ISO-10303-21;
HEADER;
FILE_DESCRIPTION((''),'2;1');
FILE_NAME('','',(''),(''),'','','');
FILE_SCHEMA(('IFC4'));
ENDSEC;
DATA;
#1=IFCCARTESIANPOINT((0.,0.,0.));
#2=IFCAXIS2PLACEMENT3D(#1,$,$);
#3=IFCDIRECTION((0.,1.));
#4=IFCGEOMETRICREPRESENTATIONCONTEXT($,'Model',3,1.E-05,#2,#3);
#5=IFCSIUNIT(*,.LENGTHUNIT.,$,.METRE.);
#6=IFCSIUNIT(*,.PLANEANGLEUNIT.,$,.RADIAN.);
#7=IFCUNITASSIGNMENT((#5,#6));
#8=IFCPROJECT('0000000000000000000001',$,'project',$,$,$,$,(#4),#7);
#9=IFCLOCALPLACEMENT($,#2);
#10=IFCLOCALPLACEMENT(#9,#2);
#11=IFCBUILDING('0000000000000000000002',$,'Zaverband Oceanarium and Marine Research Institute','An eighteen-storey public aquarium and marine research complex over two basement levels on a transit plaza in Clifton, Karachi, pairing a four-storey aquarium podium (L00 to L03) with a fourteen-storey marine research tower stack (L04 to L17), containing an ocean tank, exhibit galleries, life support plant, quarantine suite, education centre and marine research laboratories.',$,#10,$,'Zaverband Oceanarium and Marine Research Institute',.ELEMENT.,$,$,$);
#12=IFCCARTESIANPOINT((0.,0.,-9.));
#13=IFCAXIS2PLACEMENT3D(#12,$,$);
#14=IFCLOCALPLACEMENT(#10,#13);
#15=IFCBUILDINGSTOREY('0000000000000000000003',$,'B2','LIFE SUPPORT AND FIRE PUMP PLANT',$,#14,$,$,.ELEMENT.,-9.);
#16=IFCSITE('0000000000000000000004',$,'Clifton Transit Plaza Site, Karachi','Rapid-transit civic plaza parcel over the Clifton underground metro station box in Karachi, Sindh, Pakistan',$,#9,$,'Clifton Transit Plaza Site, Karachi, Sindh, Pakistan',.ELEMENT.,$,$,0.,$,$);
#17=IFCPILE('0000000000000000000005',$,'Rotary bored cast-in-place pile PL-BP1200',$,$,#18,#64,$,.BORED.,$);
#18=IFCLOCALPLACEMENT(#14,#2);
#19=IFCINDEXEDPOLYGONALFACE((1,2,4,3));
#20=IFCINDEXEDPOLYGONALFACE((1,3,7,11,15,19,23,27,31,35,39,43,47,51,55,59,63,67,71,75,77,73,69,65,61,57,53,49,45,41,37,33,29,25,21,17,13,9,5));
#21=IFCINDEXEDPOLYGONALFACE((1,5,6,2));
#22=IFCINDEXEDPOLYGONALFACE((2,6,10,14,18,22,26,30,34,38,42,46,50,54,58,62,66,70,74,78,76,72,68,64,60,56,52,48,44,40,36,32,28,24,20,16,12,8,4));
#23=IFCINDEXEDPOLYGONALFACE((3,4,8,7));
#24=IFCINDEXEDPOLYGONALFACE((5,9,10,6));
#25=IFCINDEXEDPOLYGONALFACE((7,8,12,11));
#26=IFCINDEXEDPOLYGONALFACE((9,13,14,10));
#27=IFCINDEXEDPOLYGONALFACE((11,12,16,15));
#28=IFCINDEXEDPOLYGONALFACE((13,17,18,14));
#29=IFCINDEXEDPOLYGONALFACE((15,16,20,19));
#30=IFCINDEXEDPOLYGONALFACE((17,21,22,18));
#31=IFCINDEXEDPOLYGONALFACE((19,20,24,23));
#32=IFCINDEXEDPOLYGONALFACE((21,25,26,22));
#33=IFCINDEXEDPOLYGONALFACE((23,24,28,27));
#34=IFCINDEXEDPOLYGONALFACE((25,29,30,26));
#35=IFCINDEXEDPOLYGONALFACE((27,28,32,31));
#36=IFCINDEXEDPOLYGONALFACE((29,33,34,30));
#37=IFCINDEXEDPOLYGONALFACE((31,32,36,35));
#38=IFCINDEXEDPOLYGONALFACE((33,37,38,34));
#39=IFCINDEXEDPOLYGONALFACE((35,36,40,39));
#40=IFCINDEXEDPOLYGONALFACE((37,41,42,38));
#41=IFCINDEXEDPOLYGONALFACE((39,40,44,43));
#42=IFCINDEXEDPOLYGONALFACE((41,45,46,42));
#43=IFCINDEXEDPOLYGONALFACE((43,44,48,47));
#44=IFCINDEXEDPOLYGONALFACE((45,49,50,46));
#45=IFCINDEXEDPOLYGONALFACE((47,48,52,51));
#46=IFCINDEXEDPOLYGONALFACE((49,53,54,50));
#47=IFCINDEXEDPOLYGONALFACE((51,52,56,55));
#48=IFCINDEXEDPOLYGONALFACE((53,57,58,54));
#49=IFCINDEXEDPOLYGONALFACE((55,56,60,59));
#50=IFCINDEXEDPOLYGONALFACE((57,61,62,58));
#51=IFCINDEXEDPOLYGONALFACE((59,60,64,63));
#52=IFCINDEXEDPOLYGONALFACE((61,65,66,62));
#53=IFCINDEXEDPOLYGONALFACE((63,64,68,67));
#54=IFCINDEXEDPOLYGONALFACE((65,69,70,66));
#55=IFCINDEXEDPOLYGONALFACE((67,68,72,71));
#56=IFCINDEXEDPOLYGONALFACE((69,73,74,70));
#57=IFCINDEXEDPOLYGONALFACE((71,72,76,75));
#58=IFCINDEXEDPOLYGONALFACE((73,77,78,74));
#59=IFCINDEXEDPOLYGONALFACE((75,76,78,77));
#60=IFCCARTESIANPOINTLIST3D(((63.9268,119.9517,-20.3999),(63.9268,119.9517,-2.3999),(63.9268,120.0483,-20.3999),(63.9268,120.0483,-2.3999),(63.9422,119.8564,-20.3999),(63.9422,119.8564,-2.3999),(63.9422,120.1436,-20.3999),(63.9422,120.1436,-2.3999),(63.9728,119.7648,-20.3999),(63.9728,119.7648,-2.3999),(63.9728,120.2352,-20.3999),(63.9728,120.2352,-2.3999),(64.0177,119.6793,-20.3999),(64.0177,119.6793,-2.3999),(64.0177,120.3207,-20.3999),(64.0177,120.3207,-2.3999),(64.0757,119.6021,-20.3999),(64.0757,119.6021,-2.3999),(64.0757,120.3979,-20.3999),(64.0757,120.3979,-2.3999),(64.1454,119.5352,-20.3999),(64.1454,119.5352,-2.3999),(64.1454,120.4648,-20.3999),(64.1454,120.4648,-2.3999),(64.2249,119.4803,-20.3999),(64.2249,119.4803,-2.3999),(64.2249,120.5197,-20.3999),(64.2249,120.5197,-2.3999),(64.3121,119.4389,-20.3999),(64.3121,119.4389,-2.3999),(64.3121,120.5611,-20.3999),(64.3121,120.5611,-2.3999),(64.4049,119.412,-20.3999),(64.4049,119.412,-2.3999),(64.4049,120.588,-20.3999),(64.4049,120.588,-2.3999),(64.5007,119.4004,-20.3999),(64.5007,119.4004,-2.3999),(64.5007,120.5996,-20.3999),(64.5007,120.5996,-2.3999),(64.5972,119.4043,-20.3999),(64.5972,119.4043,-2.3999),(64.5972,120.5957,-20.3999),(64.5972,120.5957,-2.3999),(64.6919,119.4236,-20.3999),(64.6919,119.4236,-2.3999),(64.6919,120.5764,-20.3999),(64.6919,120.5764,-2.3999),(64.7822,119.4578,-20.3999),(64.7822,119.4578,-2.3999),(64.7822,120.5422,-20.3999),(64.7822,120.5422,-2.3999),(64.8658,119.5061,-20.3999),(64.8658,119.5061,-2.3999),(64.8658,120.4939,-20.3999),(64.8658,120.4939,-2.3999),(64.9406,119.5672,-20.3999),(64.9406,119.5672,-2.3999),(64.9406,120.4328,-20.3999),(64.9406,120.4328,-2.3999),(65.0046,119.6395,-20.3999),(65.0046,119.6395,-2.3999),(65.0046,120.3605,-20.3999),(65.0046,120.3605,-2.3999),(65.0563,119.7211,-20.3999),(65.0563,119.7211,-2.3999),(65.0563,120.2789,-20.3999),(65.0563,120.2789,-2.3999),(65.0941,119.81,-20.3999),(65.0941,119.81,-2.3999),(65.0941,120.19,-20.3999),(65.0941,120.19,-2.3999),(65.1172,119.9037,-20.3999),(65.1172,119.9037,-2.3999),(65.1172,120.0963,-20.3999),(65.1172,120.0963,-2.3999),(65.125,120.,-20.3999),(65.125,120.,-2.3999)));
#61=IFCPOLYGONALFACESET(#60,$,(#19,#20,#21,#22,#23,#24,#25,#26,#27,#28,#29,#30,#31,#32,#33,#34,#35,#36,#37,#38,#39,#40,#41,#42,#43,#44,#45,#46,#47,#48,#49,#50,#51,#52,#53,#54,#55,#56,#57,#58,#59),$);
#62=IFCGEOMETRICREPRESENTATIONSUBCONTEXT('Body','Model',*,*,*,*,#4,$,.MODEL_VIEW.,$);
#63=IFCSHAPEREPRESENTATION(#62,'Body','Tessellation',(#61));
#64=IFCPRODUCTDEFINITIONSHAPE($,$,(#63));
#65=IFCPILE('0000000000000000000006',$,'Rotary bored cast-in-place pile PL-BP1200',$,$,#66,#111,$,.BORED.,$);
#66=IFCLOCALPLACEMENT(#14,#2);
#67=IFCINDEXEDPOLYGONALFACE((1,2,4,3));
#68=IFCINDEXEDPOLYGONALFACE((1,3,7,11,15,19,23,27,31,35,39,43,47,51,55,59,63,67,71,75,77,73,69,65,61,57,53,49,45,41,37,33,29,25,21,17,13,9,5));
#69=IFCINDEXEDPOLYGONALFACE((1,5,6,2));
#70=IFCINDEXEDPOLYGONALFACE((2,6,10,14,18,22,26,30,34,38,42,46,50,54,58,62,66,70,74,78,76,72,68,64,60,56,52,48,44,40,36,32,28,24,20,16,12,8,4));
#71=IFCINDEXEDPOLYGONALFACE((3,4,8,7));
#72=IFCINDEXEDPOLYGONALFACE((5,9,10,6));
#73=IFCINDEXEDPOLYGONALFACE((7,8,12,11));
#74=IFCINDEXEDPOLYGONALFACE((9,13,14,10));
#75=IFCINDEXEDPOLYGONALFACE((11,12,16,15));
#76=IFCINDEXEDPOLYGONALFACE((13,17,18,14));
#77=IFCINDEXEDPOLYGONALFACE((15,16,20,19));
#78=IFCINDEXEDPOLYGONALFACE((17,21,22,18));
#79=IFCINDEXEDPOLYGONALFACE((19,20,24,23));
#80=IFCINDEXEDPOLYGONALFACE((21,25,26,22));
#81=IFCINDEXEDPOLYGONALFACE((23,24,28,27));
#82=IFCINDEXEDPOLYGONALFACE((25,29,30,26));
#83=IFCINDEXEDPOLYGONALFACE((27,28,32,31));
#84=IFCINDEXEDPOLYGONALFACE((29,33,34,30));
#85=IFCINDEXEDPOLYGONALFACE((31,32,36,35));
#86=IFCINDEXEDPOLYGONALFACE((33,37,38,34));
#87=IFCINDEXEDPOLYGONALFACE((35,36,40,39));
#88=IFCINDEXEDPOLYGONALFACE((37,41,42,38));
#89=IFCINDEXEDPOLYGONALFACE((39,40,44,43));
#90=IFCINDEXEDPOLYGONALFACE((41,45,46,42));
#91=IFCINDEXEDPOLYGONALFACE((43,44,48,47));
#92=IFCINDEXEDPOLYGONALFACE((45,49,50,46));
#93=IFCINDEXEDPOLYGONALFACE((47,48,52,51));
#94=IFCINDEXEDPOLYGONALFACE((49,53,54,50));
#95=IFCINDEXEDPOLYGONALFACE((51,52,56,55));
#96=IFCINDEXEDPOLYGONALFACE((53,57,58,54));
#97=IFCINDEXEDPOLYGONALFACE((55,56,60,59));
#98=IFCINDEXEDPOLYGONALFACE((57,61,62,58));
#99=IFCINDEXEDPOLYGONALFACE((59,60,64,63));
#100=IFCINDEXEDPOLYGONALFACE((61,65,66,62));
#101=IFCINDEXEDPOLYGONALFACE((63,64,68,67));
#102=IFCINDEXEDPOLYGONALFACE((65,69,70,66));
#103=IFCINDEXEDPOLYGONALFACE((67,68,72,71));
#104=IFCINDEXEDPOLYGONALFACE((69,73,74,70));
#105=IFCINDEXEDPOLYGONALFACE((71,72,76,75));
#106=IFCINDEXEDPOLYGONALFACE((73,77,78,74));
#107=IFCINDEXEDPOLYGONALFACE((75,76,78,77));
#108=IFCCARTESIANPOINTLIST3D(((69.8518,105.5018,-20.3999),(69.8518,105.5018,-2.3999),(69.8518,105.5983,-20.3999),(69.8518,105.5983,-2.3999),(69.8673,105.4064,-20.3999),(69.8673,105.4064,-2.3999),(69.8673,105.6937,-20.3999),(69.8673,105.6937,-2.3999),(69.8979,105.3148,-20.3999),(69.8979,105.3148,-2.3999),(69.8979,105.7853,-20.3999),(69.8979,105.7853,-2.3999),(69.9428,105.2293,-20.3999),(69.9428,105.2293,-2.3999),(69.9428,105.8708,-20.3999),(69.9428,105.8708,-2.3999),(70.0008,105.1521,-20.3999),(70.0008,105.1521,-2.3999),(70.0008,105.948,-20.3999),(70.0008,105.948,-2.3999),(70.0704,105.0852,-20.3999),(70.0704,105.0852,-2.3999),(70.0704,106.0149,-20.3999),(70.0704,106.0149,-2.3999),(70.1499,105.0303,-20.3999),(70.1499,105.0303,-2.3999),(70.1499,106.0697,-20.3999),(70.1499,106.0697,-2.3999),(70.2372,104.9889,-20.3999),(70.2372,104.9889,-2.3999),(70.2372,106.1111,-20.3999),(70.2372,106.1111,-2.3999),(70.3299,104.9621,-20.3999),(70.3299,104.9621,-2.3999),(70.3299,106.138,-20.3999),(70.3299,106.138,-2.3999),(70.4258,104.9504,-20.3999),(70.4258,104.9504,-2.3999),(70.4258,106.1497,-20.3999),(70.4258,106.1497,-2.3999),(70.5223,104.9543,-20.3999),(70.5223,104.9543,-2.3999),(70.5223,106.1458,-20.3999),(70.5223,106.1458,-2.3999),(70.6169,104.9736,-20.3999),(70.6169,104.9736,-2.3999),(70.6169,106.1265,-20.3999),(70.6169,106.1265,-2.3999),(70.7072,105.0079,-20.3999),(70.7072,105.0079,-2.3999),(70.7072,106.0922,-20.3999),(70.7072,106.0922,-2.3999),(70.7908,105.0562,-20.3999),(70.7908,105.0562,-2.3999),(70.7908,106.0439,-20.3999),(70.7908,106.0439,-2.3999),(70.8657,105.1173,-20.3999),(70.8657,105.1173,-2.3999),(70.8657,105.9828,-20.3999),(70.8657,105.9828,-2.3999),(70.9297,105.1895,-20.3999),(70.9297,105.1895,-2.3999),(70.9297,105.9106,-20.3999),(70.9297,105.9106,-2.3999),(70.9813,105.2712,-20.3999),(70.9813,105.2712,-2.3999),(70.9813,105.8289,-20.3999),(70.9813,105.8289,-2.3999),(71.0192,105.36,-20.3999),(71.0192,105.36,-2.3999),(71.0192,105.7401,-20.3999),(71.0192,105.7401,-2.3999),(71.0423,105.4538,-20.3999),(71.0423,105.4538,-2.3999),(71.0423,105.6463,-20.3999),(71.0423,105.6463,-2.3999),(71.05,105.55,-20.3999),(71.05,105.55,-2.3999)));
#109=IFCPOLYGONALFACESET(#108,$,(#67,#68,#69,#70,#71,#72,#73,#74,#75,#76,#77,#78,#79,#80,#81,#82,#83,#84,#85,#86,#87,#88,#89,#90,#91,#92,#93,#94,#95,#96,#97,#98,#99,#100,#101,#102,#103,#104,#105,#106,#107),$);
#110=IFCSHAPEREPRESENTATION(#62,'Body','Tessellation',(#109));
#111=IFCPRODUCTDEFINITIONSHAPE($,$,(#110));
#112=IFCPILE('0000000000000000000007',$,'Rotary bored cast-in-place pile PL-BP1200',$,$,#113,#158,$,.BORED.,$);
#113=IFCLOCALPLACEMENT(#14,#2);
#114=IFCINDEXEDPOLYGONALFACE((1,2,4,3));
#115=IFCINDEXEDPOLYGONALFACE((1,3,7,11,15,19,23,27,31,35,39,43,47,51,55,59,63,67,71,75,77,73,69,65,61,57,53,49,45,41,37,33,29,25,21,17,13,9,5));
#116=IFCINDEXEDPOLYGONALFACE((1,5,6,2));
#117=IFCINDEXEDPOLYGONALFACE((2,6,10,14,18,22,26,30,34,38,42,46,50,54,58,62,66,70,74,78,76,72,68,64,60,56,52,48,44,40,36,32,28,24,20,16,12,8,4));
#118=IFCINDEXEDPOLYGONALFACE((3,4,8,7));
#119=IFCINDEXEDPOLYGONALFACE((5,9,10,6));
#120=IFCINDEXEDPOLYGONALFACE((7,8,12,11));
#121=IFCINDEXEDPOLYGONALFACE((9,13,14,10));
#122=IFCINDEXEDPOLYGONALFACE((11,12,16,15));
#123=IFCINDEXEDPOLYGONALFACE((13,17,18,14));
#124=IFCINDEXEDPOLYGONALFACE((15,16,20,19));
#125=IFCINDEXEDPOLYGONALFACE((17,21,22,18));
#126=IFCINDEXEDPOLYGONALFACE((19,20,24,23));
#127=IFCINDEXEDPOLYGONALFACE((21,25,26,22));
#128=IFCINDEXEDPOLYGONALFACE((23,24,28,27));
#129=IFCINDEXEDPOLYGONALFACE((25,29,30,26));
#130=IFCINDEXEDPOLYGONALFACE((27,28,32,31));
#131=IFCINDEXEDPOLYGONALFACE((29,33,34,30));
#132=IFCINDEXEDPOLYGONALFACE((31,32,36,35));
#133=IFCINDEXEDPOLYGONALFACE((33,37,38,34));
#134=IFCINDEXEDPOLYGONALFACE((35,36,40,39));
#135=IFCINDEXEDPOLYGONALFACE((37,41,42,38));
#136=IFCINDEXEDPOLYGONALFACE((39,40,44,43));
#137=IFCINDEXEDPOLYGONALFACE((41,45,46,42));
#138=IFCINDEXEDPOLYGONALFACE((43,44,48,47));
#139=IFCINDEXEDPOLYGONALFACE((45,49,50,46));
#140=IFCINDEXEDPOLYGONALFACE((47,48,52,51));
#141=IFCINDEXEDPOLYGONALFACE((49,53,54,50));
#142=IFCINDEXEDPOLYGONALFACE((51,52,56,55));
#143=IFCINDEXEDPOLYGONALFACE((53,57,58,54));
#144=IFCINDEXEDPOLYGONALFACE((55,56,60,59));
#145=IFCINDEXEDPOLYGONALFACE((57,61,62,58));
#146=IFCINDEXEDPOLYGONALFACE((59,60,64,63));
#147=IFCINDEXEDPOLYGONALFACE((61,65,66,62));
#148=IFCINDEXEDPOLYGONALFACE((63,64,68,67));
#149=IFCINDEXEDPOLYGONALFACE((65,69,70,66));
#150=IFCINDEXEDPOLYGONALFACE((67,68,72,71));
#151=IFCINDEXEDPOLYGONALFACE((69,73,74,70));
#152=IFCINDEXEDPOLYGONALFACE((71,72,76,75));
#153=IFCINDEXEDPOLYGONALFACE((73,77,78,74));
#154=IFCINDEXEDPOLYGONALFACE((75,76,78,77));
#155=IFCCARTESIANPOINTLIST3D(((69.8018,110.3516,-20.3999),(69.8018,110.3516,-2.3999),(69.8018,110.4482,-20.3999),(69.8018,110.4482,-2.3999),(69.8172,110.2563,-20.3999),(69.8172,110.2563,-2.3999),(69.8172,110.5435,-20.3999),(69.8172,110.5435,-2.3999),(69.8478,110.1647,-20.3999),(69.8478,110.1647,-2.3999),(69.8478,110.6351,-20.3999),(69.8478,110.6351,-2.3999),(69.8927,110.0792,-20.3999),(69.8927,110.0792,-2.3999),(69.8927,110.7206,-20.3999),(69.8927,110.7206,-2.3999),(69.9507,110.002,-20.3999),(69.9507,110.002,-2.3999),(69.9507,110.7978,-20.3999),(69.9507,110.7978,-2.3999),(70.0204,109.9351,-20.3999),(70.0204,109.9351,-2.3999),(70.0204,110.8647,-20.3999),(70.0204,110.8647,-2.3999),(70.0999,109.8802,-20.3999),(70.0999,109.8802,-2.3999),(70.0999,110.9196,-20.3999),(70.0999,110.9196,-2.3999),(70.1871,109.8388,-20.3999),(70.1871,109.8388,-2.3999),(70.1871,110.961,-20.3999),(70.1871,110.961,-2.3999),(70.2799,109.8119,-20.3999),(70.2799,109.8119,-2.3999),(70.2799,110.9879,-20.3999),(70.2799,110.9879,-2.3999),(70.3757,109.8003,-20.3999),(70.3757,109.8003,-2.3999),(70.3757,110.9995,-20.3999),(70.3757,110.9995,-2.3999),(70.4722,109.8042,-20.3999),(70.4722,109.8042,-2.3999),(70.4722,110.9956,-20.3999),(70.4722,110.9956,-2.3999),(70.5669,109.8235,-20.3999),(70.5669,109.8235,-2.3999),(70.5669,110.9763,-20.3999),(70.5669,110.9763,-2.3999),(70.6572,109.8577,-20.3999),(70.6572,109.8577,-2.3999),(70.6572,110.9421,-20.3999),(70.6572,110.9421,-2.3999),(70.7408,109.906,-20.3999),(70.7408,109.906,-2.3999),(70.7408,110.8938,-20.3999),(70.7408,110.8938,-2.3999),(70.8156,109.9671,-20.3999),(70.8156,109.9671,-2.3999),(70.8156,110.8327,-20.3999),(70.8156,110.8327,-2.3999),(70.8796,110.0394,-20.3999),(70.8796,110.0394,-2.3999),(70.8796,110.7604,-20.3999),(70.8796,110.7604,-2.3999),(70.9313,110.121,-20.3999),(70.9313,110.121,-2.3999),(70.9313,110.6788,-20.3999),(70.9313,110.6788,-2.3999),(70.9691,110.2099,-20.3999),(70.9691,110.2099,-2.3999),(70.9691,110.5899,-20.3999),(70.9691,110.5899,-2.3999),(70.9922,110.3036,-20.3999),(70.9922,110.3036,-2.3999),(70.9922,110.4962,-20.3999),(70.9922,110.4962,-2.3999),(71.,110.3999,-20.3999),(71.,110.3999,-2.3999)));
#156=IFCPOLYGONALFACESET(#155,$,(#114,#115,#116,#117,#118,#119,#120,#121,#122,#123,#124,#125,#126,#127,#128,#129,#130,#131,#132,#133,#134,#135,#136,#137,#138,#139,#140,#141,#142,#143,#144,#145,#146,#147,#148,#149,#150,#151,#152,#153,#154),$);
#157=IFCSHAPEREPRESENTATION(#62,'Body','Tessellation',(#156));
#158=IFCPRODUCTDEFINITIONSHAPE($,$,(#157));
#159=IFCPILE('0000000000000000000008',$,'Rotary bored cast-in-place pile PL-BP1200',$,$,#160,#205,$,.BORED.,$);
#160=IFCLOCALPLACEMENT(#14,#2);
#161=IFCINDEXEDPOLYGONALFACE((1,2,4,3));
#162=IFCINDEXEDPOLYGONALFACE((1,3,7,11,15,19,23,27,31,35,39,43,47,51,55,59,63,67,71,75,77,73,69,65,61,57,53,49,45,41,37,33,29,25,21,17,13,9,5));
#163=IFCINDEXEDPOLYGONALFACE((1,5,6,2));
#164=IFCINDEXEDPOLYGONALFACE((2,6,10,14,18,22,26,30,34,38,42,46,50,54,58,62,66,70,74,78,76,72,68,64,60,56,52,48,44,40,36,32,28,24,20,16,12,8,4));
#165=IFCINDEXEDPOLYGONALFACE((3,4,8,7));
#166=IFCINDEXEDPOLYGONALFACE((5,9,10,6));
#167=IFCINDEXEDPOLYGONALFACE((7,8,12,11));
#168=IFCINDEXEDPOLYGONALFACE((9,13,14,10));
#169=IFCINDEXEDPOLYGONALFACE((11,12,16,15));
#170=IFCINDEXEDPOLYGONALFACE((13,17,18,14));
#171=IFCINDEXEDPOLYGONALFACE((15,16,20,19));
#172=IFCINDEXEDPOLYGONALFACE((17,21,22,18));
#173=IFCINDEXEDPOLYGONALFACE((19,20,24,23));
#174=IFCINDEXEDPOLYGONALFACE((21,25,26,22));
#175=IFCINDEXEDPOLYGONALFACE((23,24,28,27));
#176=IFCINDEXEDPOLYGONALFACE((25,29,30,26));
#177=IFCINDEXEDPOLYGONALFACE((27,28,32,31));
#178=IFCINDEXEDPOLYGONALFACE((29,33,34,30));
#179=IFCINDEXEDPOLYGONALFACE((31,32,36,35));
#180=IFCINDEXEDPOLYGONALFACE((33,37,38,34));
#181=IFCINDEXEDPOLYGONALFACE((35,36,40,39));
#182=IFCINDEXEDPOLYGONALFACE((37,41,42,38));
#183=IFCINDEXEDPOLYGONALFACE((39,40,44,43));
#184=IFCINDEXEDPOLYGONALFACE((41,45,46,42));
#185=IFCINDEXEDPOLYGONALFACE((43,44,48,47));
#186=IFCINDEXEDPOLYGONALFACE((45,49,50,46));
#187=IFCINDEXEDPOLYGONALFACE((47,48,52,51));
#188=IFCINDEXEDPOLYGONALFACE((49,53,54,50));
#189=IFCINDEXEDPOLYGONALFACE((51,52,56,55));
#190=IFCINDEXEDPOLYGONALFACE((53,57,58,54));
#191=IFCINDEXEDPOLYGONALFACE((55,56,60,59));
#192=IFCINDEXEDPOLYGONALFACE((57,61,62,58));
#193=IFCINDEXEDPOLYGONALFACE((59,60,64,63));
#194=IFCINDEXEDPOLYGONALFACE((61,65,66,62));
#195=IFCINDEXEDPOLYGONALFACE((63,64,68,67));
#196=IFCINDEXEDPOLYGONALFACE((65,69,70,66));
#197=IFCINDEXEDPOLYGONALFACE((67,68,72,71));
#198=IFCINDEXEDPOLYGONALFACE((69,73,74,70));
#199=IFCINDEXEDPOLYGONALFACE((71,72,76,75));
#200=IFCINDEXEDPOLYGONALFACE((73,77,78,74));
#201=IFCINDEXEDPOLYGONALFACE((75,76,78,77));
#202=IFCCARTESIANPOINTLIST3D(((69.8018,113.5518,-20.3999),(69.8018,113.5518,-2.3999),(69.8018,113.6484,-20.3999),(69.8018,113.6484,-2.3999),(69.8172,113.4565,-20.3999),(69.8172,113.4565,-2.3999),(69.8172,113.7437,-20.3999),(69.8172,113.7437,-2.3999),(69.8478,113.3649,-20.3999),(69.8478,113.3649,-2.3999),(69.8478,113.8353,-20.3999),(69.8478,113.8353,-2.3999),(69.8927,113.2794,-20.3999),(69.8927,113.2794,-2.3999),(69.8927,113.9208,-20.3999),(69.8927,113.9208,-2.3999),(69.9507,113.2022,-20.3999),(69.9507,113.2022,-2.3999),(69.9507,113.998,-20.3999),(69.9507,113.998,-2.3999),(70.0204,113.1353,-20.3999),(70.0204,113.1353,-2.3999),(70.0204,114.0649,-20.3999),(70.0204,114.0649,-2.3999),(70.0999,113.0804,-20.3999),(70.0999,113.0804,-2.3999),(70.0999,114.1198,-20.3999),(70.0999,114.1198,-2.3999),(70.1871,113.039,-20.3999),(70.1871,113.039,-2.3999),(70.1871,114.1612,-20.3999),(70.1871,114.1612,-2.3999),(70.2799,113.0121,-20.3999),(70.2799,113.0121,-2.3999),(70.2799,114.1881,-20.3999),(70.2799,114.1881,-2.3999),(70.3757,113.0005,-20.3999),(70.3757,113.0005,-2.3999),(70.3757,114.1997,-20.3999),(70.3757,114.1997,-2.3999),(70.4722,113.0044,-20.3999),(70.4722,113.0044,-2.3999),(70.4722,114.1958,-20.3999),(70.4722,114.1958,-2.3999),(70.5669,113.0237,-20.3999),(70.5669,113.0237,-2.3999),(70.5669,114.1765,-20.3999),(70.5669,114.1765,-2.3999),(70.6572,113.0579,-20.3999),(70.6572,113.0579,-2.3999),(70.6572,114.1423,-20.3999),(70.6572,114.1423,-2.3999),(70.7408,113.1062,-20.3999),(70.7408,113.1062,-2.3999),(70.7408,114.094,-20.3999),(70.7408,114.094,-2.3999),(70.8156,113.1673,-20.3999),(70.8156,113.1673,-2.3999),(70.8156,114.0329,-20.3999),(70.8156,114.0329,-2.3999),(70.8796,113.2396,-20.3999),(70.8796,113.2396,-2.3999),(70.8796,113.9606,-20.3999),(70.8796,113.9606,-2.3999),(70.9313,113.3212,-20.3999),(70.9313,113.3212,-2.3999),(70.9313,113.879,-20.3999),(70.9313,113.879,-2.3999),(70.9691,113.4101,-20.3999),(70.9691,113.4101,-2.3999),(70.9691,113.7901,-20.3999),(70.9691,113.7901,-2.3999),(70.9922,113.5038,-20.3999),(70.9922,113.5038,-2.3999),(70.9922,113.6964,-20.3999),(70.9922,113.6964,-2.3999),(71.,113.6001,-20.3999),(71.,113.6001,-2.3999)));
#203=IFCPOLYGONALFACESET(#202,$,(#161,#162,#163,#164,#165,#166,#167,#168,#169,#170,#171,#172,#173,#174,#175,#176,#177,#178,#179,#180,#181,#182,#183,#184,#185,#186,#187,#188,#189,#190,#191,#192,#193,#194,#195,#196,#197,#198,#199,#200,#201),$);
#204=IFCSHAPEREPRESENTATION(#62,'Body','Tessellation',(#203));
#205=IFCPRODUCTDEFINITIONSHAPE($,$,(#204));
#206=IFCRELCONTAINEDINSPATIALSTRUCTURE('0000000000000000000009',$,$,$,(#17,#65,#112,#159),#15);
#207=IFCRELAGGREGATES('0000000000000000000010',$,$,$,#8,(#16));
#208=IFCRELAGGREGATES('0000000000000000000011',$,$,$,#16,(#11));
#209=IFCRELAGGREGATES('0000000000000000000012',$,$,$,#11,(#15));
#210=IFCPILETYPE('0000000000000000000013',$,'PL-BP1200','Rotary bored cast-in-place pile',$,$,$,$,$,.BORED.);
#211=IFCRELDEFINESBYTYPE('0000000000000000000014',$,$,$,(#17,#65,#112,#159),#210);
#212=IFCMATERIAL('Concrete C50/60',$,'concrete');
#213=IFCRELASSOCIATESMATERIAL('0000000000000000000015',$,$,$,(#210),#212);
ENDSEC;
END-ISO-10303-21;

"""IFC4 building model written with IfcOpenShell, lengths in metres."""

from ifc_helpers import new_model, si_unit, direction, frame, origin, origin_2d, place, context, subcontext, project, spatial, circle, extrude, material, material_profile, profile_set, type_object, element, save


model = new_model("IFC4")

# Units and contexts
model_context = context("Model", 3, precision=1e-05, world=origin(), true_north=direction((0.0, 1.0)))
body_context = subcontext(model_context, "Body", "Model", "MODEL_VIEW")
ifc_project = project(units=[si_unit("LENGTHUNIT", "METRE"), si_unit("PLANEANGLEUNIT", "RADIAN")], contexts=[model_context])

# Site, building, storey
site_placement = place(None, origin())
site = spatial("IfcSite", under=ifc_project, at=site_placement, Name="Clifton Transit Plaza Site, Karachi", Description="Rapid-transit civic plaza parcel over the Clifton underground metro station box in Karachi, Sindh, Pakistan", LongName="Clifton Transit Plaza Site, Karachi, Sindh, Pakistan", CompositionType="ELEMENT", RefElevation=0.0)
building_placement = place(site_placement, origin())
building = spatial("IfcBuilding", under=site, at=building_placement, Name="Zaverband Oceanarium and Marine Research Institute", Description="An eighteen-storey public aquarium and marine research complex over two basement levels on a transit plaza in Clifton, Karachi, pairing a four-storey aquarium podium (L00 to L03) with a fourteen-storey marine research tower stack (L04 to L17), containing an ocean tank, exhibit galleries, life support plant, quarantine suite, education centre and marine research laboratories.", LongName="Zaverband Oceanarium and Marine Research Institute", CompositionType="ELEMENT")
storey_placement = place(building_placement, frame((0.0, 0.0, -9.0)))
storey = spatial("IfcBuildingStorey", under=building, at=storey_placement, Name="B2", Description="LIFE SUPPORT AND FIRE PUMP PLANT", CompositionType="ELEMENT", Elevation=-9.0)

# Shared definitions
ifc_material_1 = material(Name="Concrete C50/60", Category="concrete")

# Piles
ifc_material_profile_1 = material_profile(ifc_material_1, circle(Radius=0.6001, at=origin_2d()), Name="BP1200")
ifc_profile_set_1 = profile_set([ifc_material_profile_1], Name="Concrete C50/60")
pile_type_1 = type_object("IfcPileType", Name="PL-BP1200", Description="Rotary bored cast-in-place pile", PredefinedType="BORED", material=ifc_profile_set_1)
for number, where, z_axis, x_axis, name in (
    (1, (64.5249, 120.0, -2.3999), (0.0, 0.0, -1.0), (1.0, 0.0, 0.0), "Rotary bored cast-in-place pile PL-BP1200"),
    (2, (70.45, 105.55, -2.3999), (0.0, 0.0, -1.0), (1.0, 0.0, 0.0), "Rotary bored cast-in-place pile PL-BP1200"),
    (3, (70.3999, 110.3999, -2.3999), (0.0, 0.0, -1.0), (1.0, 0.0, 0.0), "Rotary bored cast-in-place pile PL-BP1200"),
    (4, (70.3999, 113.6001, -2.3999), (0.0, 0.0, -1.0), (1.0, 0.0, 0.0), "Rotary bored cast-in-place pile PL-BP1200"),
):
    element("IfcPile", number, at=place(storey_placement, frame(where, z_axis=z_axis, x_axis=x_axis)), inside=storey, type_object=pile_type_1, Name=name, PredefinedType="BORED", context=body_context, shape_type="SweptSolid", body=[
        extrude(circle(Radius=0.6001, at=origin_2d()), origin(), (0.0, 0.0, 1.0), 18.0),
    ])

save(model, "model.ifc")
